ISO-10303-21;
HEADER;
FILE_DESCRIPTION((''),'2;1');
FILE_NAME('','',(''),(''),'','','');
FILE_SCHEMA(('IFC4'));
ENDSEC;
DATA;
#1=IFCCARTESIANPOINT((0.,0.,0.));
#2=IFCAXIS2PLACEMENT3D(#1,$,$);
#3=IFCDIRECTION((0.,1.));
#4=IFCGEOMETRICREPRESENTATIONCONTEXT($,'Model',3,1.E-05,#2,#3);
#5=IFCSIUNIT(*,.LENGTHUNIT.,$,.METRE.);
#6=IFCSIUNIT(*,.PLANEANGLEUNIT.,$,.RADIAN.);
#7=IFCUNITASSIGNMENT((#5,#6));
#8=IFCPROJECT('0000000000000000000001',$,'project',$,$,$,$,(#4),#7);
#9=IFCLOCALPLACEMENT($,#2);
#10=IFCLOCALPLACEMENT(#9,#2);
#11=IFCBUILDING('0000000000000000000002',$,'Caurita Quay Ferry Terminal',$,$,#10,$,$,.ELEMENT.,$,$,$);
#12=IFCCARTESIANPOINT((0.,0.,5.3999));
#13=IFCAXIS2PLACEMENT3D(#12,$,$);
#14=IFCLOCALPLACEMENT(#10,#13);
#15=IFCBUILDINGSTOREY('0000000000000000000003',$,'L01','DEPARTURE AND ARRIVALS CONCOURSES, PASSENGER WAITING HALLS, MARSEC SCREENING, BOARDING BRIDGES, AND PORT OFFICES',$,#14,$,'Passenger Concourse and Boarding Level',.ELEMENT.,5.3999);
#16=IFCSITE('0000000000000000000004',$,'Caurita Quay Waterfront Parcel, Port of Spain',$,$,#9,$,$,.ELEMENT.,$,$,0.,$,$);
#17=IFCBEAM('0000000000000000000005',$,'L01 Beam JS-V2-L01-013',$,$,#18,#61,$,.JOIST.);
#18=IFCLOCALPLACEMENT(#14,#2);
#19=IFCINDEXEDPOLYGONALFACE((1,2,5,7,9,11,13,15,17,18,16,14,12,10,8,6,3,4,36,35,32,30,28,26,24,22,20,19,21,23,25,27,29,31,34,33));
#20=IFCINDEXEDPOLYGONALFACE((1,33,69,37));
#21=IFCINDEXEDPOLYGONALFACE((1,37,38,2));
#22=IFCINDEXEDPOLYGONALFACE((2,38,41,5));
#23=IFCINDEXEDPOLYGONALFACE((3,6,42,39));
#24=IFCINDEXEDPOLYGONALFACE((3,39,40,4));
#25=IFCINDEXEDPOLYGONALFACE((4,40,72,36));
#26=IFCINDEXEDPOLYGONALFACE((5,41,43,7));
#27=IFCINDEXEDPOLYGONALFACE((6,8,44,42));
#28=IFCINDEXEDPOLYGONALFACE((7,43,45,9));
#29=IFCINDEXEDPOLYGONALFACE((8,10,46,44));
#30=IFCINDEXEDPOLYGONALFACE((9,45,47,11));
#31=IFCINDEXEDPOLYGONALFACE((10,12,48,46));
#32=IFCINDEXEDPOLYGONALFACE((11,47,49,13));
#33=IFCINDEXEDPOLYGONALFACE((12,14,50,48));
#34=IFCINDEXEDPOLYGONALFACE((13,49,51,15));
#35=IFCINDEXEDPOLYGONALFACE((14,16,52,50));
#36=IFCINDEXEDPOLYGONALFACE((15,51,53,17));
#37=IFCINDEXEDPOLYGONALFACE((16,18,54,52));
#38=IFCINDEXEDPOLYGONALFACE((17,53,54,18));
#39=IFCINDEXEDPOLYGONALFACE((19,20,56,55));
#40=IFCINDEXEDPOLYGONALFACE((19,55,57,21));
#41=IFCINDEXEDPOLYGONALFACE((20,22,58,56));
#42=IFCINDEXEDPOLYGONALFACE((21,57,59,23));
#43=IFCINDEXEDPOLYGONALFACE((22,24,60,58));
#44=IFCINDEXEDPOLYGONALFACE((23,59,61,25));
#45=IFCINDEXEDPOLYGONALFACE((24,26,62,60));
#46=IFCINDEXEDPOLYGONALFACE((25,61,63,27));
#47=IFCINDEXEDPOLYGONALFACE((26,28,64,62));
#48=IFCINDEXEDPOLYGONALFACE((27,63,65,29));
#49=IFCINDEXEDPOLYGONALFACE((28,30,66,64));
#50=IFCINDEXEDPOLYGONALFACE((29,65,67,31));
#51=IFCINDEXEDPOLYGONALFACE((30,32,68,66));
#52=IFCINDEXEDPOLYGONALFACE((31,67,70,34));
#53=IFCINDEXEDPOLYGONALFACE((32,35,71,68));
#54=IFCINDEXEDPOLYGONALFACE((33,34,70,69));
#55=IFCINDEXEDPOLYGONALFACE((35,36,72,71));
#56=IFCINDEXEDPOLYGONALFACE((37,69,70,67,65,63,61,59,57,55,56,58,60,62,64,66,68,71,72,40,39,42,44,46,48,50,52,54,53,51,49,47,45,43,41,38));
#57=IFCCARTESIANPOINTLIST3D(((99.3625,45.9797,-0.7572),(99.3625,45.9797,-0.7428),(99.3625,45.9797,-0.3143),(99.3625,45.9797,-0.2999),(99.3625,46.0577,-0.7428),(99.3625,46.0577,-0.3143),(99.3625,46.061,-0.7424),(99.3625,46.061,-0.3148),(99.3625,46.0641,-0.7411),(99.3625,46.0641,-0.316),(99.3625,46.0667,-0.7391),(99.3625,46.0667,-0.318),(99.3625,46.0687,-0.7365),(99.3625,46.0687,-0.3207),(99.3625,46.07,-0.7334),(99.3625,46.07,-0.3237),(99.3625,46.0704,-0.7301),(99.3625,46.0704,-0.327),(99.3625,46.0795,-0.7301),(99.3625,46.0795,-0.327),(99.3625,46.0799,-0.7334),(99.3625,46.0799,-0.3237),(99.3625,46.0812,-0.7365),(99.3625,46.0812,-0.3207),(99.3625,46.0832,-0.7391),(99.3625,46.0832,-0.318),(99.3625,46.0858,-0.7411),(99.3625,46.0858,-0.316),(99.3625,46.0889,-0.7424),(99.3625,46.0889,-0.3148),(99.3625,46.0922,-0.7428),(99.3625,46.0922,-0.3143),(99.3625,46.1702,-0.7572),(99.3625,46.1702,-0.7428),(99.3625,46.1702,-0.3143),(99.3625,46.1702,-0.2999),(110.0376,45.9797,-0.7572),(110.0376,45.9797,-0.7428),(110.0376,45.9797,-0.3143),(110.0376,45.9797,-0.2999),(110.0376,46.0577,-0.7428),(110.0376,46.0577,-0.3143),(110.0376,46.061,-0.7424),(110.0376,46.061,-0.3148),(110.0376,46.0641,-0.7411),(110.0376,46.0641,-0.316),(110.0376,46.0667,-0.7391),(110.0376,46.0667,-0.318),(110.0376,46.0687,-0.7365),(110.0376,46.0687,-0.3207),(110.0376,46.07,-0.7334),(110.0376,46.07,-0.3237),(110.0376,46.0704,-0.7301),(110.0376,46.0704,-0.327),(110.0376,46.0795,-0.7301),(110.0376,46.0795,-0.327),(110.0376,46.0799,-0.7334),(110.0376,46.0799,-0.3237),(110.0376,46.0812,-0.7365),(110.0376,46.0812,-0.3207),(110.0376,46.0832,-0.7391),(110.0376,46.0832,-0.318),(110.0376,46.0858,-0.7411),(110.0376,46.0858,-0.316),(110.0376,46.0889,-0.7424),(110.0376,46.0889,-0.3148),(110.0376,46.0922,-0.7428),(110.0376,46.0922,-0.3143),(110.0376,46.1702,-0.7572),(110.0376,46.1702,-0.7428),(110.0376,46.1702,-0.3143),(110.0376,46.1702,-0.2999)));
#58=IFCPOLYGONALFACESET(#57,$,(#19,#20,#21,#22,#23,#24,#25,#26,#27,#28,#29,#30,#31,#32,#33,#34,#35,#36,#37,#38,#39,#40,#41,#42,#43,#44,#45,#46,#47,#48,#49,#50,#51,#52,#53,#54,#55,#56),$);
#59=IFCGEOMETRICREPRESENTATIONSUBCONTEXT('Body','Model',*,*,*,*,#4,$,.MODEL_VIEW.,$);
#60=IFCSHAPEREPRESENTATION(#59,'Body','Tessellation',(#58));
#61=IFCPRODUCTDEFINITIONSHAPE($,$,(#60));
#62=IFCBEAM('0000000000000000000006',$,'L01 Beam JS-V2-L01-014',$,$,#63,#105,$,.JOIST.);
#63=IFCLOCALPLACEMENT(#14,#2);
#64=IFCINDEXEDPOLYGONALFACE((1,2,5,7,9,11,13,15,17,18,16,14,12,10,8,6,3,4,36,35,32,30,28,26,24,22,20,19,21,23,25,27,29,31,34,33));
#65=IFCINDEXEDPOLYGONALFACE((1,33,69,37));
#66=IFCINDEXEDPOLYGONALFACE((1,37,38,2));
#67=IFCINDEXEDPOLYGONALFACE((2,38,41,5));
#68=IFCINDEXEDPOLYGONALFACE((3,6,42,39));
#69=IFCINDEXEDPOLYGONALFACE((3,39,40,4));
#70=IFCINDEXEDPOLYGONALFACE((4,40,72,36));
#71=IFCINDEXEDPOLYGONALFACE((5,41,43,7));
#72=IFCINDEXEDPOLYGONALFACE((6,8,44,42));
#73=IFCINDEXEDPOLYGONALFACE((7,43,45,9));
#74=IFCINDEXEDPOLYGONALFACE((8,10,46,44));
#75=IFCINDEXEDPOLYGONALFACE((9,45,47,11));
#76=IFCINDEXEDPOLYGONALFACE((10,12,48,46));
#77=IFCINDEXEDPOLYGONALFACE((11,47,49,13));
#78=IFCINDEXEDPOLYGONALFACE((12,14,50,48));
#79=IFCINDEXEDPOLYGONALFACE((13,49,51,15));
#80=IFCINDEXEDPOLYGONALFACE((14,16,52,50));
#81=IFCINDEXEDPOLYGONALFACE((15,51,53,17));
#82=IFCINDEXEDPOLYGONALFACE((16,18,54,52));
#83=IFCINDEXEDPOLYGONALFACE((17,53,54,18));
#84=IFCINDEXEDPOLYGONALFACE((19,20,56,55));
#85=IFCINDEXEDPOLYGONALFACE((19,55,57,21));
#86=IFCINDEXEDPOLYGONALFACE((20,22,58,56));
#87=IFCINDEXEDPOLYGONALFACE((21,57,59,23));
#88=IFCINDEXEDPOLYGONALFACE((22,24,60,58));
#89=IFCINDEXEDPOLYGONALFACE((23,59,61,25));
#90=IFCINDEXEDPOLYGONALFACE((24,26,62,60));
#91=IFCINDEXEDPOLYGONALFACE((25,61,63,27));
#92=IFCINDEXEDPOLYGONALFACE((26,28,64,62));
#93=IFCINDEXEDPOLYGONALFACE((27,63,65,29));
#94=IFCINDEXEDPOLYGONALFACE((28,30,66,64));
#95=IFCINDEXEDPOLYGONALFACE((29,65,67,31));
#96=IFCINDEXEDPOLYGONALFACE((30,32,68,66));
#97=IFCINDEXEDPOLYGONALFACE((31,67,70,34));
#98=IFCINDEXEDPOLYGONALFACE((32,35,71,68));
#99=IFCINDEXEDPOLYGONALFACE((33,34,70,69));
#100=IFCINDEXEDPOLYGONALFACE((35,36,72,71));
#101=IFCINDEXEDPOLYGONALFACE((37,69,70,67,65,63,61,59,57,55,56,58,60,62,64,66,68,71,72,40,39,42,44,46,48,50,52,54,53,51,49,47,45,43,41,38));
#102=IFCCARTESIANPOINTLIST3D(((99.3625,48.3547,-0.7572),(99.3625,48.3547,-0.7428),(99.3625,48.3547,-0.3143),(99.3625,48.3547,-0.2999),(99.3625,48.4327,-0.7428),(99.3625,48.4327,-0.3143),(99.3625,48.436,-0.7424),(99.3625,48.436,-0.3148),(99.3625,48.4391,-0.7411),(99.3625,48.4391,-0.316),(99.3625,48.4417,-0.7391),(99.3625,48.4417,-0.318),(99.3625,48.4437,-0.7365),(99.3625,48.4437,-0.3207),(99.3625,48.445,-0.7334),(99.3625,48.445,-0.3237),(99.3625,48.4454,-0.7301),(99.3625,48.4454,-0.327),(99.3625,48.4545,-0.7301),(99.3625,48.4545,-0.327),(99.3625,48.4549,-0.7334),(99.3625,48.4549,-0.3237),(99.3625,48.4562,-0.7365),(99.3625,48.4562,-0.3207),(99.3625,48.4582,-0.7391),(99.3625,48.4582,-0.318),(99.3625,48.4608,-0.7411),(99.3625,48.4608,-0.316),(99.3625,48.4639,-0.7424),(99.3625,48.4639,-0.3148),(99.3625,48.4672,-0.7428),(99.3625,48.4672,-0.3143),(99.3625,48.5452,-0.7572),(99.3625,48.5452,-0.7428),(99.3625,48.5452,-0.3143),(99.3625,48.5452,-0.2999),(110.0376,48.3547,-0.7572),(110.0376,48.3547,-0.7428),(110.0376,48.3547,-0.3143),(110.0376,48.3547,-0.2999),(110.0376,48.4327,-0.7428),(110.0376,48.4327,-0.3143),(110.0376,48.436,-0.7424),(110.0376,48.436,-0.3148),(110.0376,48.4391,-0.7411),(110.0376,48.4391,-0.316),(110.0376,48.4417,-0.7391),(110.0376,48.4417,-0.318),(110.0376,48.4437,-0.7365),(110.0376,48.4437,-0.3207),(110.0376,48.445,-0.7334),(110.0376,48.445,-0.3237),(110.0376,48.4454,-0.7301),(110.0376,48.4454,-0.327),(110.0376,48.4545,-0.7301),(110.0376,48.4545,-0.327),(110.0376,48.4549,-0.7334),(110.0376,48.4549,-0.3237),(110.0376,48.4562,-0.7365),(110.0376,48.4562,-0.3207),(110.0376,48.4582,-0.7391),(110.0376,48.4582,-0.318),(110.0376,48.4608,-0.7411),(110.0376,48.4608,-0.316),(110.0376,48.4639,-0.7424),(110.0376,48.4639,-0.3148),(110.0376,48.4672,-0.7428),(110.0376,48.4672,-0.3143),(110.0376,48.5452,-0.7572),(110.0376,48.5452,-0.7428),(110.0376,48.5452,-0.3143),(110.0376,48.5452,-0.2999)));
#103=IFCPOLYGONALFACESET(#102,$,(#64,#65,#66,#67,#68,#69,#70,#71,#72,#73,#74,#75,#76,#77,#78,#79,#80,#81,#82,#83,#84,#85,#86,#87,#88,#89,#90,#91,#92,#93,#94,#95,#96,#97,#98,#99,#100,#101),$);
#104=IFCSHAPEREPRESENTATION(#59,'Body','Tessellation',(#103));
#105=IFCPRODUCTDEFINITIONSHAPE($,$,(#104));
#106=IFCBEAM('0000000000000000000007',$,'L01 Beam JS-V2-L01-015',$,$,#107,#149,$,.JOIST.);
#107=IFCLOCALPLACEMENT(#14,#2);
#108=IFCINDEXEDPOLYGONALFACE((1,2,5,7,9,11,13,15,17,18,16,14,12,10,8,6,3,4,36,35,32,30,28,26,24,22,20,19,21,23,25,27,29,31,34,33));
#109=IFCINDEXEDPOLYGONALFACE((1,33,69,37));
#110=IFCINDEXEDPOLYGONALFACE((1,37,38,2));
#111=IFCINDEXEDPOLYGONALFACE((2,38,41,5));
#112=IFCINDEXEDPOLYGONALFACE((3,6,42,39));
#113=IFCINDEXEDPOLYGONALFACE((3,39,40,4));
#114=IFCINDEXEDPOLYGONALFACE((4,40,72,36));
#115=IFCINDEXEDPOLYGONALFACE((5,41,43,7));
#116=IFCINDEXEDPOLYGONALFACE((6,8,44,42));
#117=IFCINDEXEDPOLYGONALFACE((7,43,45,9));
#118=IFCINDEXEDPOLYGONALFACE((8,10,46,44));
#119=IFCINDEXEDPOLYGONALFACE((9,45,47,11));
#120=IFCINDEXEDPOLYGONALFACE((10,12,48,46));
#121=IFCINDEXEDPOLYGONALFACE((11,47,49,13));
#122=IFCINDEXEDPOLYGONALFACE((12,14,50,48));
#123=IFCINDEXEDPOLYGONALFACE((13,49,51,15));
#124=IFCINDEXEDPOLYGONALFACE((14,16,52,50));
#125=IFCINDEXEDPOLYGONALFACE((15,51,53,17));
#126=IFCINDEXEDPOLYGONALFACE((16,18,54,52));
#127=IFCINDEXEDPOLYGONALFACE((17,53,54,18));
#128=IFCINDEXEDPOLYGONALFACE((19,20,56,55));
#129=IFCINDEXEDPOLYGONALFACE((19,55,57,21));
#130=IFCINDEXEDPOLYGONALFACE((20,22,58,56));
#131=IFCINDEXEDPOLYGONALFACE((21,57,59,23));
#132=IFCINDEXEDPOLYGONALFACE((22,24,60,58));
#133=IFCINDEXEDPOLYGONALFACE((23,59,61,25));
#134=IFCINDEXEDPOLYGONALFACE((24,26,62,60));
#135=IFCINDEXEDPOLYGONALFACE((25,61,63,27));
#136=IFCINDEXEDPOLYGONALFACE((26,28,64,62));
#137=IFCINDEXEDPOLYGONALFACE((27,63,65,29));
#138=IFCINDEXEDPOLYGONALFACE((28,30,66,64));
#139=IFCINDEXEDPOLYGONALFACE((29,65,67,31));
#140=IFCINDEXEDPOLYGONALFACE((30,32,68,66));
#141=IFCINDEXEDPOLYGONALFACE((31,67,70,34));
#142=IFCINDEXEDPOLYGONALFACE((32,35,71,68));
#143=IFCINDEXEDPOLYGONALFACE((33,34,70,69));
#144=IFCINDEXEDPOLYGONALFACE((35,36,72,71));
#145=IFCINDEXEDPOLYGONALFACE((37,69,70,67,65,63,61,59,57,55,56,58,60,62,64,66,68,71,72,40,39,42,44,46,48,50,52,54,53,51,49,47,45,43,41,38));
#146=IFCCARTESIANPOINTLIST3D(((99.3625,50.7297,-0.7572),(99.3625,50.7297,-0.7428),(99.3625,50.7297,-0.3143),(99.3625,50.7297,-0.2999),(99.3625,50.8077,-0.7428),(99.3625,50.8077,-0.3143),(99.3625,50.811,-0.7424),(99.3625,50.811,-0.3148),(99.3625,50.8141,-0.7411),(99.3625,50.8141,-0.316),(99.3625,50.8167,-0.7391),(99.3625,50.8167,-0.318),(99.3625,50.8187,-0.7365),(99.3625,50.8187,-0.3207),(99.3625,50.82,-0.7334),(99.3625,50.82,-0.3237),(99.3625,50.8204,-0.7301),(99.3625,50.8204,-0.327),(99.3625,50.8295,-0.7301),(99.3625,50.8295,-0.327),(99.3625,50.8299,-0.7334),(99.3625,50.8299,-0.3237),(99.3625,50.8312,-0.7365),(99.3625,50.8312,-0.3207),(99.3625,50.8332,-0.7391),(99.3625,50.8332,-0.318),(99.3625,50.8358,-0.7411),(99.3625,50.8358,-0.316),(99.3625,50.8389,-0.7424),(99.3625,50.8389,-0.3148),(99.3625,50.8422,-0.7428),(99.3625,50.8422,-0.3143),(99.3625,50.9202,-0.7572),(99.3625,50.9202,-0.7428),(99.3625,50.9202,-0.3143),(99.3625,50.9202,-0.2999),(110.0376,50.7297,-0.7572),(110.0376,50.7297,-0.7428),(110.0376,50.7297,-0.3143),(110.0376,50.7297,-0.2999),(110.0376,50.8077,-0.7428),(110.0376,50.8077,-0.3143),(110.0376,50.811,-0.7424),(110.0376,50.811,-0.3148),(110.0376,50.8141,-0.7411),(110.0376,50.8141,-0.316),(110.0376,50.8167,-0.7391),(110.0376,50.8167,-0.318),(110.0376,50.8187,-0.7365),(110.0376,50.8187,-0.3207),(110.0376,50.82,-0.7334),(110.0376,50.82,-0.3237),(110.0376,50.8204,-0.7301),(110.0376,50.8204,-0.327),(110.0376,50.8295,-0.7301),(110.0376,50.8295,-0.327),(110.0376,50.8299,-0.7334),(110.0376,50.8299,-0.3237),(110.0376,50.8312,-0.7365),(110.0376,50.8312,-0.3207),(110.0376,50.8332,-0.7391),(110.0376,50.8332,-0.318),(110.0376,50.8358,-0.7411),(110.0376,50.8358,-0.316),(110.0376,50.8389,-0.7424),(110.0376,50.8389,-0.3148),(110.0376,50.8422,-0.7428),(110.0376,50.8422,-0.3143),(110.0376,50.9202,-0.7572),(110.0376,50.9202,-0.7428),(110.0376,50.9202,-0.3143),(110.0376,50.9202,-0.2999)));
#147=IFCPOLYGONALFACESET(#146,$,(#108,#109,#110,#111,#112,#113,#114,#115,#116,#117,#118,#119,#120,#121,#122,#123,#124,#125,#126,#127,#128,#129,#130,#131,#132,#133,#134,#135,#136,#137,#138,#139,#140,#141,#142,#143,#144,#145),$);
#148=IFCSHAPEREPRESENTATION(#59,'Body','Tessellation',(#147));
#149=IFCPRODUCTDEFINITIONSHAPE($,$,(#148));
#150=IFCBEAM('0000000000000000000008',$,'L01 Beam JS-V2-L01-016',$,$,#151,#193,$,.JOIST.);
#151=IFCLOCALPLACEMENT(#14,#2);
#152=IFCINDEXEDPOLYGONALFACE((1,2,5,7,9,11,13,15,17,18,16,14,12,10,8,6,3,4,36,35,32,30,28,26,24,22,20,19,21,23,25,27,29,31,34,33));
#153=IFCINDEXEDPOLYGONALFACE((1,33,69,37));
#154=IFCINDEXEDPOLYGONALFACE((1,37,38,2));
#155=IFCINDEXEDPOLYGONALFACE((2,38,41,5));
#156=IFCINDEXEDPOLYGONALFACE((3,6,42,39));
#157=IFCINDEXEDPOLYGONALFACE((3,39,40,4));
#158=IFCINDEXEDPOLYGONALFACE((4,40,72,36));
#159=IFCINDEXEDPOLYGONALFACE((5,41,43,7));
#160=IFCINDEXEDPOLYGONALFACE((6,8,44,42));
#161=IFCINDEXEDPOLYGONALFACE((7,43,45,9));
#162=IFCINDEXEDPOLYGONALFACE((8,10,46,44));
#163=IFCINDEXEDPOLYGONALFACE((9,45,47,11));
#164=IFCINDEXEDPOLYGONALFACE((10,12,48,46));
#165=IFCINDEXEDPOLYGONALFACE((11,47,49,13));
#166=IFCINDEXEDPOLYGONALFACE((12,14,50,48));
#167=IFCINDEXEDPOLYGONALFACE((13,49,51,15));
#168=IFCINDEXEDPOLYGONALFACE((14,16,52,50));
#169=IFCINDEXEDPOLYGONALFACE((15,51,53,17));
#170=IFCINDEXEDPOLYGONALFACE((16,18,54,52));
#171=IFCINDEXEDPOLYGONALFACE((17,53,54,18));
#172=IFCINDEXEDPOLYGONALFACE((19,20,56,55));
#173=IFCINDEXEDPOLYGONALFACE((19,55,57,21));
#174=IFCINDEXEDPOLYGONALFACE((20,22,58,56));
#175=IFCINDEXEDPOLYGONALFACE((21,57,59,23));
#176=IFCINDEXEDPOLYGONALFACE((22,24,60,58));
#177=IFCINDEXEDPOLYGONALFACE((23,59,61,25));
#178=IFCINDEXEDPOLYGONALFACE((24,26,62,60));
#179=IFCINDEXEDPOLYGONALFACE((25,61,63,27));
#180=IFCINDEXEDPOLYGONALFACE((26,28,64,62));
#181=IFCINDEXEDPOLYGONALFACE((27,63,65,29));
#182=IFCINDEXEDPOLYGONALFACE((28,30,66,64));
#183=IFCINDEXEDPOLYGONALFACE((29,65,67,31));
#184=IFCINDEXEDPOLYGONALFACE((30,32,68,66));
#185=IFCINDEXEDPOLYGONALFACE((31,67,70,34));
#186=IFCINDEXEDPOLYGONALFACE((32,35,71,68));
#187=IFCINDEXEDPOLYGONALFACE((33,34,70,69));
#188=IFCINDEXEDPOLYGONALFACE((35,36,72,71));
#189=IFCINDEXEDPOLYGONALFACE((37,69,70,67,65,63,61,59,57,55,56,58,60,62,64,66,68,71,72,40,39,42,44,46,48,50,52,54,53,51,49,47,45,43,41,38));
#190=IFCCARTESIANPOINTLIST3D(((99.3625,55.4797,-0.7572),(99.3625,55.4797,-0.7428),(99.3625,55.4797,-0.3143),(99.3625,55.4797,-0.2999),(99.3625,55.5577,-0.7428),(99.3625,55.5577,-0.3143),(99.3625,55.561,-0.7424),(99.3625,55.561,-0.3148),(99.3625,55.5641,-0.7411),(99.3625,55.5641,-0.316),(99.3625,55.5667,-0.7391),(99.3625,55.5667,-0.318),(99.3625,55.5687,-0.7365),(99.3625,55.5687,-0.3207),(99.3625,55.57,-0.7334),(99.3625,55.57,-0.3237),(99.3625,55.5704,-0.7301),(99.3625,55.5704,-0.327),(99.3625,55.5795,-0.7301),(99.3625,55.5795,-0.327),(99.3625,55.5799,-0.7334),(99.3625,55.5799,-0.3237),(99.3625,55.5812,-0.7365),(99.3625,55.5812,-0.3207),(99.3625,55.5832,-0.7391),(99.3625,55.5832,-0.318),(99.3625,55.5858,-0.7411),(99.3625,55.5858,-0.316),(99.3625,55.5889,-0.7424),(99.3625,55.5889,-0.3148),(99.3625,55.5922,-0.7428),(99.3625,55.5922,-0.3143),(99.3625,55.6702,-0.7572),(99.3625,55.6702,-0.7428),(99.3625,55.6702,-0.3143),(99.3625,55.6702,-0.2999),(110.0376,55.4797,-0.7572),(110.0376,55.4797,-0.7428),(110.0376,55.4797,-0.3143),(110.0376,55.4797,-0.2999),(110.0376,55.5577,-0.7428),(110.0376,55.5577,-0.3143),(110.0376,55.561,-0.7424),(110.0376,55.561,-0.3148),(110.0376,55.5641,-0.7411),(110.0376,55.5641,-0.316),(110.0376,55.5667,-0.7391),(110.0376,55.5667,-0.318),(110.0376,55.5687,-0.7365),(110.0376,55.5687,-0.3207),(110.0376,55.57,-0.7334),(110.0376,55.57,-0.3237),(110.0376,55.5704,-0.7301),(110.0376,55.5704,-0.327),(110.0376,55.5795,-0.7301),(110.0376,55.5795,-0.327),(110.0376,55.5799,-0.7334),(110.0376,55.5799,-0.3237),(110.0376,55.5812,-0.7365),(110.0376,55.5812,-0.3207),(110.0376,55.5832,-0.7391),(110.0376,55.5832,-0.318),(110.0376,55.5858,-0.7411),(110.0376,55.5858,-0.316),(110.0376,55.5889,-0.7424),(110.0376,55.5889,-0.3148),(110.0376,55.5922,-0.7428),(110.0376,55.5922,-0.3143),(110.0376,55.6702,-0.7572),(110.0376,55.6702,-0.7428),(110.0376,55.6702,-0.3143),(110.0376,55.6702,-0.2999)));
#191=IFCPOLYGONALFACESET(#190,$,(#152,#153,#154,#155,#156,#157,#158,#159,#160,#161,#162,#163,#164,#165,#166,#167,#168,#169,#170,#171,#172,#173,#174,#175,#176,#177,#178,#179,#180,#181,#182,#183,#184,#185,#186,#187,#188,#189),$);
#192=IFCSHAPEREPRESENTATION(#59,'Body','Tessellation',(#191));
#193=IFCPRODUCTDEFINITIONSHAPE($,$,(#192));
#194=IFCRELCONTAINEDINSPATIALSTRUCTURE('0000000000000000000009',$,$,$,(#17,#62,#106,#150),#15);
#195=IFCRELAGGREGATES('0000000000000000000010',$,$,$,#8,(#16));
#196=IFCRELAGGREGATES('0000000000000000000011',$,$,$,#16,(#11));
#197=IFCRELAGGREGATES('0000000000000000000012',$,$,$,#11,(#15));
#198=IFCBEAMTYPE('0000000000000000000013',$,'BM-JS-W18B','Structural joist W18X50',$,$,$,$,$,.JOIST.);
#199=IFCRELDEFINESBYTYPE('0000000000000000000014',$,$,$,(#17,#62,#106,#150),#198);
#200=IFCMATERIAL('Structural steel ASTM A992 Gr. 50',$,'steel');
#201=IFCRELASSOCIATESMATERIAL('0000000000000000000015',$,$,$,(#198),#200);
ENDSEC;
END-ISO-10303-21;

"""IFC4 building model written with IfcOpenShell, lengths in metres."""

from ifc_helpers import new_model, si_unit, direction, frame, origin, origin_2d, place, context, subcontext, project, spatial, i_section, extrude, material, material_profile, profile_set, type_object, element, save


model = new_model("IFC4")

# Units and contexts
model_context = context("Model", 3, precision=1e-05, world=origin(), true_north=direction((0.0, 1.0)))
body_context = subcontext(model_context, "Body", "Model", "MODEL_VIEW")
ifc_project = project(units=[si_unit("LENGTHUNIT", "METRE"), si_unit("PLANEANGLEUNIT", "RADIAN")], contexts=[model_context])

# Site, building, storey
site_placement = place(None, origin())
site = spatial("IfcSite", under=ifc_project, at=site_placement, Name="Caurita Quay Waterfront Parcel, Port of Spain", CompositionType="ELEMENT", RefElevation=0.0)
building_placement = place(site_placement, origin())
building = spatial("IfcBuilding", under=site, at=building_placement, Name="Caurita Quay Ferry Terminal", CompositionType="ELEMENT")
storey_placement = place(building_placement, frame((0.0, 0.0, 5.3999)))
storey = spatial("IfcBuildingStorey", under=building, at=storey_placement, Name="L01", Description="DEPARTURE AND ARRIVALS CONCOURSES, PASSENGER WAITING HALLS, MARSEC SCREENING, BOARDING BRIDGES, AND PORT OFFICES", LongName="Passenger Concourse and Boarding Level", CompositionType="ELEMENT", Elevation=5.3999)

# Beams
ifc_material_1 = material(Name="Structural steel ASTM A992 Gr. 50", Category="steel")
ifc_material_profile_1 = material_profile(ifc_material_1, i_section(OverallWidth=0.1904, OverallDepth=0.4573, WebThickness=0.009, FlangeThickness=0.0144, FilletRadius=0.0127, at=origin_2d()), Name="W18X50")
ifc_profile_set_1 = profile_set([ifc_material_profile_1], Name="Structural steel ASTM A992 Gr. 50")
beam_type_1 = type_object("IfcBeamType", Name="BM-JS-W18B", Description="Structural joist W18X50", PredefinedType="JOIST", material=ifc_profile_set_1)
for number, where, z_axis, x_axis, name in (
    (1, (99.3625, 46.075, -0.5286), (1.0, 0.0, 0.0), (0.0, 1.0, 0.0), "L01 Beam JS-V2-L01-013"),
    (2, (99.3625, 48.45, -0.5286), (1.0, 0.0, 0.0), (0.0, 1.0, 0.0), "L01 Beam JS-V2-L01-014"),
    (3, (99.3625, 50.825, -0.5286), (1.0, 0.0, 0.0), (0.0, 1.0, 0.0), "L01 Beam JS-V2-L01-015"),
    (4, (99.3625, 55.575, -0.5286), (1.0, 0.0, 0.0), (0.0, 1.0, 0.0), "L01 Beam JS-V2-L01-016"),
):
    element("IfcBeam", number, at=place(storey_placement, frame(where, z_axis=z_axis, x_axis=x_axis)), inside=storey, type_object=beam_type_1, Name=name, PredefinedType="JOIST", context=body_context, shape_type="SweptSolid", body=[
        extrude(i_section(OverallWidth=0.1904, OverallDepth=0.4573, WebThickness=0.009, FlangeThickness=0.0144, FilletRadius=0.0127, at=origin_2d()), origin(), (0.0, 0.0, 1.0), 10.675),
    ])

save(model, "model.ifc")
